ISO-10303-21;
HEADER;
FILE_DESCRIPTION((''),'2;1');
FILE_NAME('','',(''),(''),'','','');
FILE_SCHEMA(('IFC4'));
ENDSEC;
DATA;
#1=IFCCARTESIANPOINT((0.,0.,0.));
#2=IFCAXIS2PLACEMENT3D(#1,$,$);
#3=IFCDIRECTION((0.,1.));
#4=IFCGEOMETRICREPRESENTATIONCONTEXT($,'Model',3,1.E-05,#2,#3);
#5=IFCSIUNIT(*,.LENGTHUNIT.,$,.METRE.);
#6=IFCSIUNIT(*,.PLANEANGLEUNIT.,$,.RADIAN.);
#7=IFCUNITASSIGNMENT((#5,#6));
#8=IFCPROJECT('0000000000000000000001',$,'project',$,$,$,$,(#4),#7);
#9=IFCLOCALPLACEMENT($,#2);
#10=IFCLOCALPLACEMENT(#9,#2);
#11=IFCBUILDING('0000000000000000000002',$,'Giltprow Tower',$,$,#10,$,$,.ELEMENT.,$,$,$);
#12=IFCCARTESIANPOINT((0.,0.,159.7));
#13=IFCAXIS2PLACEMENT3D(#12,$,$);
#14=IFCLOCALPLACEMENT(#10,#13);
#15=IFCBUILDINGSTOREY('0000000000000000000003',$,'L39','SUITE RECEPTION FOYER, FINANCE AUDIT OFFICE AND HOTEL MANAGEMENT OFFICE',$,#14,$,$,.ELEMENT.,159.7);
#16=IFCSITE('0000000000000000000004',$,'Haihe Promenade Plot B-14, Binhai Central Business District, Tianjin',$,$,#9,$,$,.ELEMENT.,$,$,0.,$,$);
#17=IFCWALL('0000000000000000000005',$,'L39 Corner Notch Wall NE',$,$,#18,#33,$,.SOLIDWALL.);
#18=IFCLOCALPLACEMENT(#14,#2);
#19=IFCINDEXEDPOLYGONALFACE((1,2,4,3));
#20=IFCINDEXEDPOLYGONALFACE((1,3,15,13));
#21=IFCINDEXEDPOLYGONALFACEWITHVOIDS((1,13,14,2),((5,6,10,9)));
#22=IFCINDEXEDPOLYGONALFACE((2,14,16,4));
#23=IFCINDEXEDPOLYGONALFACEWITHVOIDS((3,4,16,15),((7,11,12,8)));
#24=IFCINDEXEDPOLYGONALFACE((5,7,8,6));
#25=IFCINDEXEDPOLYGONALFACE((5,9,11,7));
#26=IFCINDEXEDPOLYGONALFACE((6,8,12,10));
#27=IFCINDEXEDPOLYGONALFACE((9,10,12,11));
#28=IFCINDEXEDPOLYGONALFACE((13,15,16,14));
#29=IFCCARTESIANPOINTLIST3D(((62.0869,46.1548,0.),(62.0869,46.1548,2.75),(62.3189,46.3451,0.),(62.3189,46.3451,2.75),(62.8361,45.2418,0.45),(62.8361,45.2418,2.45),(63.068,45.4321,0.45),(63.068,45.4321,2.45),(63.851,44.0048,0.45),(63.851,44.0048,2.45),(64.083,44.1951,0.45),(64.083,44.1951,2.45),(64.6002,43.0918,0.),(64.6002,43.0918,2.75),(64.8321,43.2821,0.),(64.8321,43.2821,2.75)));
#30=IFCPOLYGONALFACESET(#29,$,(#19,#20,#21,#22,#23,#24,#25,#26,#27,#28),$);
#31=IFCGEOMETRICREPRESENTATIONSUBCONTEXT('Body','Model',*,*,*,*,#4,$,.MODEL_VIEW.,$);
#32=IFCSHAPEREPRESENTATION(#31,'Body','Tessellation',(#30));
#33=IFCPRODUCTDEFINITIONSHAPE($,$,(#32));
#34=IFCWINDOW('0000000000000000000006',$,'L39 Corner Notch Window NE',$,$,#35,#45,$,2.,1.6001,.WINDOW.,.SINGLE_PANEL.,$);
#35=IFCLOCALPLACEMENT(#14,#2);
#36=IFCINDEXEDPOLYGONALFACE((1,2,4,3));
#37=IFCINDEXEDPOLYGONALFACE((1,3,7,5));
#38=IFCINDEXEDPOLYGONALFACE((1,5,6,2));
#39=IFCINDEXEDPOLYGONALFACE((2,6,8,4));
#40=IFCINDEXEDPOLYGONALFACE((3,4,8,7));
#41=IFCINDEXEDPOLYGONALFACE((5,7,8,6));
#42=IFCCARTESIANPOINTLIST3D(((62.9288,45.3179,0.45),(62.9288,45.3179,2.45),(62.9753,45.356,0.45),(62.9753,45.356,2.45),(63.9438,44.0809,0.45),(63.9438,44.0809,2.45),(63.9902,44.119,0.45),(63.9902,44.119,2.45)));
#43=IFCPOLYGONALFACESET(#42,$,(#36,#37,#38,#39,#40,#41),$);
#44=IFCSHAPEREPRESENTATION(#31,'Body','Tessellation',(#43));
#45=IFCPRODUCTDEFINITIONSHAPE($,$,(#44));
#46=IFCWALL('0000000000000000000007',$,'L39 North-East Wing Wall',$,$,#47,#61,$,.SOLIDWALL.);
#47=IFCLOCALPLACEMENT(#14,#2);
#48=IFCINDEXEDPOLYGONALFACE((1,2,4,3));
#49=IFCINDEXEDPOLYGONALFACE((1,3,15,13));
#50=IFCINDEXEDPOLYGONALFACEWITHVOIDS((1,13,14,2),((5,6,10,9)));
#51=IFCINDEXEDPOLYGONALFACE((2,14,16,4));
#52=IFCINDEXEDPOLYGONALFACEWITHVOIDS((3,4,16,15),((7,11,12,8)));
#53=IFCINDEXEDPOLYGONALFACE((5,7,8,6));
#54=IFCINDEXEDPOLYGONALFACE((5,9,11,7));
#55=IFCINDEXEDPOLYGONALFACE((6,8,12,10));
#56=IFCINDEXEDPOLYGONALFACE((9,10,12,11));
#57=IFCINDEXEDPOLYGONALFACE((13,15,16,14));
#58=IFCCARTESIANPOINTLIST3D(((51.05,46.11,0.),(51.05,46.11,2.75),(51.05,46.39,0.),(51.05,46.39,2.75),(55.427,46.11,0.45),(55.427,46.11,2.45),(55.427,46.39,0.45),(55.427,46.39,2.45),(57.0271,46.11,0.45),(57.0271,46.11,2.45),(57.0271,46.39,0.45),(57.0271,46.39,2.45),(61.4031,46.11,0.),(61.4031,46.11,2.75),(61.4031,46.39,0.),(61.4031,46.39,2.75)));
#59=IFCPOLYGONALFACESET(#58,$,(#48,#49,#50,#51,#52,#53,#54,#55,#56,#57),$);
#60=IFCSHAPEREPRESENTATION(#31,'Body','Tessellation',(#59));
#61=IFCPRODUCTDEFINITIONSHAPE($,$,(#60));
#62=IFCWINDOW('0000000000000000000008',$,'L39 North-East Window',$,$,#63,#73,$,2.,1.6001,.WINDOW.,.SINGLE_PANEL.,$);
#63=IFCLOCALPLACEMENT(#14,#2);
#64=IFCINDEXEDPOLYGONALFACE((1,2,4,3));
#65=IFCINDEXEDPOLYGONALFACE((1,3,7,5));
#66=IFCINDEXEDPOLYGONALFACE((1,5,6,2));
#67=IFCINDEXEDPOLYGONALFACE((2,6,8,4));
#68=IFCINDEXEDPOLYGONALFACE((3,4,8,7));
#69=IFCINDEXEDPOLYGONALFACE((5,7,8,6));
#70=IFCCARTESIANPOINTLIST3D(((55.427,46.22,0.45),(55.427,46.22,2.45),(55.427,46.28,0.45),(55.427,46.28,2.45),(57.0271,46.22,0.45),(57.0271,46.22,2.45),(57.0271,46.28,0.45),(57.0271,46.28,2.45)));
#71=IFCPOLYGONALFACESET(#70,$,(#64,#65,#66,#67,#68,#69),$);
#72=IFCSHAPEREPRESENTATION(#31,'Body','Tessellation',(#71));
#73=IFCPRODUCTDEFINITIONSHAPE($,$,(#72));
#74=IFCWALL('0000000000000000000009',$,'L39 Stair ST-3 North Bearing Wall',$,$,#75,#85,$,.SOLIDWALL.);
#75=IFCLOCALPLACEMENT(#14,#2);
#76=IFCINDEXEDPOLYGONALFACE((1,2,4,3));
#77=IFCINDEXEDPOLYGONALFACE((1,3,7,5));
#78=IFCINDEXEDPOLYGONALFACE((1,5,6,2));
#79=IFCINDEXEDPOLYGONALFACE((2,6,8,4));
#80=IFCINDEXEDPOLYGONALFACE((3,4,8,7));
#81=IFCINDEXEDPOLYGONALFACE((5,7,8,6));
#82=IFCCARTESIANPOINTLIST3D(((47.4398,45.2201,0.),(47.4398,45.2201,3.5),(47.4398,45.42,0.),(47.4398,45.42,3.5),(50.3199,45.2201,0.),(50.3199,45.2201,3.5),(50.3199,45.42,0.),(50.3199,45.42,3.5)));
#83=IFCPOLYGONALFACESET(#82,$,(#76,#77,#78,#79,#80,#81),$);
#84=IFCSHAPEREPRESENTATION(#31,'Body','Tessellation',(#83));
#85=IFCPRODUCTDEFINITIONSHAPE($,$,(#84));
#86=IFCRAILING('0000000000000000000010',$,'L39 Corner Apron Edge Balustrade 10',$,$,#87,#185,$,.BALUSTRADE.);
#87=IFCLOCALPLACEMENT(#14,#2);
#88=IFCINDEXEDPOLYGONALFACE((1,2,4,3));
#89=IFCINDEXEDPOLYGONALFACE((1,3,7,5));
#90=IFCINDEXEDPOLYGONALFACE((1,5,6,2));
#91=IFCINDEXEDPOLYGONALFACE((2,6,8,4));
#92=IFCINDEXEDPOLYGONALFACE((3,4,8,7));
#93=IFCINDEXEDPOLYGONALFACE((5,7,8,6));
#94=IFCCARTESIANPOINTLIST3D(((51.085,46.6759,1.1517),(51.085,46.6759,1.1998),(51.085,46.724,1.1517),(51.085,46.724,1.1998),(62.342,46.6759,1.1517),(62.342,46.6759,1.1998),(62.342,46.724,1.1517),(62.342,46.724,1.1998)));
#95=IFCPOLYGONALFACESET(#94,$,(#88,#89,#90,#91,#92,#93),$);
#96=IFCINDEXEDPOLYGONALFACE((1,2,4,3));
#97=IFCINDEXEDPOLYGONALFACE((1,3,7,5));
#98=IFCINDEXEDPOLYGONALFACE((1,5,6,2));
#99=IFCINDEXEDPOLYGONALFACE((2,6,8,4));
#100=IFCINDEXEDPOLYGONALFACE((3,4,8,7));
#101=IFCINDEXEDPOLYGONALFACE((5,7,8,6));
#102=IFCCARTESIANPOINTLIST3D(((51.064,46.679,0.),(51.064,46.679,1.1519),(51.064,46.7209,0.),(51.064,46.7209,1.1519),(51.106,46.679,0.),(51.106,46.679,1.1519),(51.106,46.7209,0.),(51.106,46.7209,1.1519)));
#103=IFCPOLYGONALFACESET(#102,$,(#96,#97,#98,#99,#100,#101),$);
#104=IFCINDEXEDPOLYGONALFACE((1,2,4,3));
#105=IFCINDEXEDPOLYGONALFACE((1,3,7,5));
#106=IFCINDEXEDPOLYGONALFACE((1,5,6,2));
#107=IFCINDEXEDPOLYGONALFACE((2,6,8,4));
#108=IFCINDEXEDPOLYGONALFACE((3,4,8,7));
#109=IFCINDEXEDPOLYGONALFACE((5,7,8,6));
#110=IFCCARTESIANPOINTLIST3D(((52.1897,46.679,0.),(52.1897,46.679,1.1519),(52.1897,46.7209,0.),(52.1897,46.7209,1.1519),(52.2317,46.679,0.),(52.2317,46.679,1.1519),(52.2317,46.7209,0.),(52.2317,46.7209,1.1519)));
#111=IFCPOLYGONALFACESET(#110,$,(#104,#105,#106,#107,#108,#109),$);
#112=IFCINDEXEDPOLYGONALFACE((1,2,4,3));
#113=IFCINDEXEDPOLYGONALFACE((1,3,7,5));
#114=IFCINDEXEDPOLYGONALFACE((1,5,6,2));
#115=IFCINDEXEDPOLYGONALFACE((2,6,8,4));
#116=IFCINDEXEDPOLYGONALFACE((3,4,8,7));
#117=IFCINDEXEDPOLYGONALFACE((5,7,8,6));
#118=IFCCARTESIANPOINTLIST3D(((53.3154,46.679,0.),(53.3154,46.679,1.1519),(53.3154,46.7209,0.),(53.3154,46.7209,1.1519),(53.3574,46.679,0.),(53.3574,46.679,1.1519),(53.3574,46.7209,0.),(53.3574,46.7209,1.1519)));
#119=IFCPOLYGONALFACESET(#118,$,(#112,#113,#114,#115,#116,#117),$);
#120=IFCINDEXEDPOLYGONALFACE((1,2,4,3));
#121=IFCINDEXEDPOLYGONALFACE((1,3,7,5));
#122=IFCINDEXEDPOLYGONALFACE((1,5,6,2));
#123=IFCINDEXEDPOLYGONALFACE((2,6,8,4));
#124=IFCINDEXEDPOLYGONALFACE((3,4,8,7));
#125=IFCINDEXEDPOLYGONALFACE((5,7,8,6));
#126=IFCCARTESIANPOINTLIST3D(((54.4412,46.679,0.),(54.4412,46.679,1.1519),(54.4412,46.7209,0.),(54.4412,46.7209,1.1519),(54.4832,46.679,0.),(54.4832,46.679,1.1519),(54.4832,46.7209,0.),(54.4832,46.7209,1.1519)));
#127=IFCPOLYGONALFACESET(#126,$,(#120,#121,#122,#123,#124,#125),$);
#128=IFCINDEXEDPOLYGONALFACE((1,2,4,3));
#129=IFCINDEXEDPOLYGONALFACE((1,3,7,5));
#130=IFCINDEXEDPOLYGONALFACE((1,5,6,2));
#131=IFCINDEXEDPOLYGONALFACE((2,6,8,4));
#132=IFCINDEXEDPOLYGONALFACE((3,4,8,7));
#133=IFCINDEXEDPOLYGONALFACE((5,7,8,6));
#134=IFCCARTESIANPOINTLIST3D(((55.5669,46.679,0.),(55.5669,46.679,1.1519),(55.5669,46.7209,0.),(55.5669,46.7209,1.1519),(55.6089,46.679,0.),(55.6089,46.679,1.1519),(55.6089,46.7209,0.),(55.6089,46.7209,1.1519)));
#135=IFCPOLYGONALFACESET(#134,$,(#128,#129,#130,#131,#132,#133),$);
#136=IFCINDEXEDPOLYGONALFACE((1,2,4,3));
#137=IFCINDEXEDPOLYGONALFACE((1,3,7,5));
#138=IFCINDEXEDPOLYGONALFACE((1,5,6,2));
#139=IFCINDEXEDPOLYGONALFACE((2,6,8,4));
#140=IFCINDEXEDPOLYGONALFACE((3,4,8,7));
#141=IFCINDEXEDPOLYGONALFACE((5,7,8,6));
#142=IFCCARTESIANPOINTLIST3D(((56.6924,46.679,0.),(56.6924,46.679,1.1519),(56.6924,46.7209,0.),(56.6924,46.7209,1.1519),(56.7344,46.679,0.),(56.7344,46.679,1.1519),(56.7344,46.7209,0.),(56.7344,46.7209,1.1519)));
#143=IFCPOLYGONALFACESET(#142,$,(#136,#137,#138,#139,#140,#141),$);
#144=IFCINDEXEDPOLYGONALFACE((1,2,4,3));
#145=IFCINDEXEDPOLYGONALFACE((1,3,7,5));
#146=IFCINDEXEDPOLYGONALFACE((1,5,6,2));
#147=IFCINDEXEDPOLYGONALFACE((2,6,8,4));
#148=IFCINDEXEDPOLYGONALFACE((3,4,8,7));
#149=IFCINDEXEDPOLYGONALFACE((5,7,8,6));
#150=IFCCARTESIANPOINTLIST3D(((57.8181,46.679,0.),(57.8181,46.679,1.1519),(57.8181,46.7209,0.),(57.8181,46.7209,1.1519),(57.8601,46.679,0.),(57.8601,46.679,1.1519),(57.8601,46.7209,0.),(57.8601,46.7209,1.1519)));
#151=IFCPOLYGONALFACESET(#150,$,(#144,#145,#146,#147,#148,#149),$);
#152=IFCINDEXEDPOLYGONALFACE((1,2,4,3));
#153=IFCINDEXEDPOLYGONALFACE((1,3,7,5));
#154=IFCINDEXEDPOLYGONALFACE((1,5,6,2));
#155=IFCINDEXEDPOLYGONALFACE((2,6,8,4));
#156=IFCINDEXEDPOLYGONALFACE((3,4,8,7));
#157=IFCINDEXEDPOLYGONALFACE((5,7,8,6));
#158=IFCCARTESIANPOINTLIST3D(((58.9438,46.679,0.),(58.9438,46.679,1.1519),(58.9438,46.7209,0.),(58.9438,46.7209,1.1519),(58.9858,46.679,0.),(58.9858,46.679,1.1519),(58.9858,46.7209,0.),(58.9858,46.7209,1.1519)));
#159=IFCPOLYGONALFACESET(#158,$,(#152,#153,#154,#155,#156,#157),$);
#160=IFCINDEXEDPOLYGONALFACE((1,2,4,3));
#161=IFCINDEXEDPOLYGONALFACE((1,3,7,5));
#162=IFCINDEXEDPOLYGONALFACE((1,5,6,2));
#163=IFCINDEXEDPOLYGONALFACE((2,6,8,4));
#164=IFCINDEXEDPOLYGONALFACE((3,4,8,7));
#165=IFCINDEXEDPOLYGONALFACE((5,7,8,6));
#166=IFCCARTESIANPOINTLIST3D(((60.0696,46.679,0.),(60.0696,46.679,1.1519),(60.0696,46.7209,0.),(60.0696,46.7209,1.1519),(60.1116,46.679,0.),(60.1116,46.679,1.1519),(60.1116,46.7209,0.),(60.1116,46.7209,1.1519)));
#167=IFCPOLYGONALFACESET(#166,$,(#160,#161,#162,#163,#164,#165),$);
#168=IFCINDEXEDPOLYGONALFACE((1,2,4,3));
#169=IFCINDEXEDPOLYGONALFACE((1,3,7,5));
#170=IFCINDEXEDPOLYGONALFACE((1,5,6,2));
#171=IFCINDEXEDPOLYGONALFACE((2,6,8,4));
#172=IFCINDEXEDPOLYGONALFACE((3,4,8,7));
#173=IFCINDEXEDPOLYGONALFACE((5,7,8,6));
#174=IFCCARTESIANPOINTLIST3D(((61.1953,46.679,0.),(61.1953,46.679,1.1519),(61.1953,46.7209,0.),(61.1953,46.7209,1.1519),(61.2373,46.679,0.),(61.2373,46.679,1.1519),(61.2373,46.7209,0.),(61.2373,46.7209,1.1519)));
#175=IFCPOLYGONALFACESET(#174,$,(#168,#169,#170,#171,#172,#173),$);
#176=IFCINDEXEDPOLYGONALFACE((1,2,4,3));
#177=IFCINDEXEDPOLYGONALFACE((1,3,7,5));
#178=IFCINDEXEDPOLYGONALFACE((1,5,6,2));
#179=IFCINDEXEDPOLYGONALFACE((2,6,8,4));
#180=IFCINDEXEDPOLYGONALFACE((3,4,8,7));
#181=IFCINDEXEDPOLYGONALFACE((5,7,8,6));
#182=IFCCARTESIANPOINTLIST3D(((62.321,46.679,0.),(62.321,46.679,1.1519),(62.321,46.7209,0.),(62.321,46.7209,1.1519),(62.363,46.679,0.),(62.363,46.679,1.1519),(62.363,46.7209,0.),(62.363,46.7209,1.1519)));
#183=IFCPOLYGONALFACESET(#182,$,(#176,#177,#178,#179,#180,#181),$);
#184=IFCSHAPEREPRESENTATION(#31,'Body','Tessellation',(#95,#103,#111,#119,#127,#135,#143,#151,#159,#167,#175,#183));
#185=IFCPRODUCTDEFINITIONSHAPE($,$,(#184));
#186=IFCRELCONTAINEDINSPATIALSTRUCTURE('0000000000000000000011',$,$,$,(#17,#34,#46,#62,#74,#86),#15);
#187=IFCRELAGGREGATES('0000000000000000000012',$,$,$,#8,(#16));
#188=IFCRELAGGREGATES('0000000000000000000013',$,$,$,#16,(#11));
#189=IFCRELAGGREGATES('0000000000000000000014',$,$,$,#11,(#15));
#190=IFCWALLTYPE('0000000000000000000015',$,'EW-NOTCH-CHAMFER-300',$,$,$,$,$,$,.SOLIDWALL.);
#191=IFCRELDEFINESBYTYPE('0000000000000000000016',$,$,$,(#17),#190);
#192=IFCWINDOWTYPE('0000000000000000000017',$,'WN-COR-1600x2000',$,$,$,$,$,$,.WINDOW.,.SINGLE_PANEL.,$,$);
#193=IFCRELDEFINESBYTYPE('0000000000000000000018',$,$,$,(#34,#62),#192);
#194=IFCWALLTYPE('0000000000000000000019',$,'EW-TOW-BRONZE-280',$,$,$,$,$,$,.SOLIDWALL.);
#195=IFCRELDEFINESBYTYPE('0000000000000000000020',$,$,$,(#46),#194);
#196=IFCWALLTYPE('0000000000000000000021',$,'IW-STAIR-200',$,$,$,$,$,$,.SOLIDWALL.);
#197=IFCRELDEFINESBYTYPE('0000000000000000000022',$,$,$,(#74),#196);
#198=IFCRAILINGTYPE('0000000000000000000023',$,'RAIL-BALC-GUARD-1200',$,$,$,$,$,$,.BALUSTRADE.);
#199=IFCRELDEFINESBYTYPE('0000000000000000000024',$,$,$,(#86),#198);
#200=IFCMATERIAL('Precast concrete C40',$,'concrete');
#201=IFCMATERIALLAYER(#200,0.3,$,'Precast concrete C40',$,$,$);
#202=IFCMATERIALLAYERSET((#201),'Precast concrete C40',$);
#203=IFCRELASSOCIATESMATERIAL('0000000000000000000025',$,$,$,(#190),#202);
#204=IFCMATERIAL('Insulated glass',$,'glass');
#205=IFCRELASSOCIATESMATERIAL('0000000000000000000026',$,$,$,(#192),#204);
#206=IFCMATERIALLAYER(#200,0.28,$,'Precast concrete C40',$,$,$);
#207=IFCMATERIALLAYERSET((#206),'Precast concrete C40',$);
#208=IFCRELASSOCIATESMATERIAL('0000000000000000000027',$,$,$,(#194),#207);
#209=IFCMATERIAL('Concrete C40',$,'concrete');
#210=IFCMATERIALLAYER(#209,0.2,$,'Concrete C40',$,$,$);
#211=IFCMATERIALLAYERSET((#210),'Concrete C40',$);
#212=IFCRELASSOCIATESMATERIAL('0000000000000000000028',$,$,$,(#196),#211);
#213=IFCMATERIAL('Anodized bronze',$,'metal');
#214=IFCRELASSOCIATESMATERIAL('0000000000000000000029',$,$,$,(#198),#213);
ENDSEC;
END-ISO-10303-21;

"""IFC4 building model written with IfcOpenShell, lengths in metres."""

from ifc_helpers import new_model, si_unit, direction, frame, frame_2d, origin, origin_2d, place, context, subcontext, project, spatial, rectangle, extrude, source, transform, mapped, material, layer, layer_set, type_object, element, fill, save


model = new_model("IFC4")

# Units and contexts
model_context = context("Model", 3, precision=1e-05, world=origin(), true_north=direction((0.0, 1.0)))
body_context = subcontext(model_context, "Body", "Model", "MODEL_VIEW")
ifc_project = project(units=[si_unit("LENGTHUNIT", "METRE"), si_unit("PLANEANGLEUNIT", "RADIAN")], contexts=[model_context])

# Site, building, storey
site_placement = place(None, origin())
site = spatial("IfcSite", under=ifc_project, at=site_placement, Name="Haihe Promenade Plot B-14, Binhai Central Business District, Tianjin", CompositionType="ELEMENT", RefElevation=0.0)
building_placement = place(site_placement, origin())
building = spatial("IfcBuilding", under=site, at=building_placement, Name="Giltprow Tower", CompositionType="ELEMENT")
storey_placement = place(building_placement, frame((0.0, 0.0, 159.7)))
storey = spatial("IfcBuildingStorey", under=building, at=storey_placement, Name="L39", Description="SUITE RECEPTION FOYER, FINANCE AUDIT OFFICE AND HOTEL MANAGEMENT OFFICE", CompositionType="ELEMENT", Elevation=159.7)

# Walls, openings, windows
ifc_material_1 = material(Name="Precast concrete C40", Category="concrete")
ifc_layer_1 = layer(ifc_material_1, 0.3, Name="Precast concrete C40")
ifc_layer_set_1 = layer_set([ifc_layer_1], Name="Precast concrete C40")
wall_type_1 = type_object("IfcWallType", Name="EW-NOTCH-CHAMFER-300", PredefinedType="SOLIDWALL", material=ifc_layer_set_1)
wall_1_placement = place(storey_placement, frame((64.7161, 43.187, 0.0), z_axis=(0.0, 0.0, 1.0), x_axis=(-0.634311, 0.773078, 0.0)))
wall_1 = element("IfcWall", 1, at=wall_1_placement, inside=storey, type_object=wall_type_1, Name="L39 Corner Notch Wall NE", PredefinedType="SOLIDWALL", context=body_context, shape_type="SweptSolid", body=[
    extrude(rectangle(XDim=3.9622, YDim=0.3, at=frame_2d((1.981, 0.0))), origin(), (0.0, 0.0, 1.0), 2.75),
])
opening_1_placement = place(wall_1_placement, frame((1.1809, 0.0, 0.45)))
opening_1 = element("IfcOpeningElement", 2, at=opening_1_placement, cuts=wall_1, PredefinedType="OPENING", context=body_context, shape_type="SweptSolid", body=[
    extrude(rectangle(XDim=1.6001, YDim=2.0, at=frame_2d((0.8, 1.0))), frame((0.0, 0.1599, 0.0), z_axis=(0.0, -1.0, 0.0), x_axis=(1.0, 0.0, 0.0)), (0.0, 0.0, 1.0), 0.3201),
])
ifc_material_2 = material(Name="Insulated glass", Category="glass")
window_type = type_object("IfcWindowType", Name="WN-COR-1600x2000", PartitioningType="SINGLE_PANEL", PredefinedType="WINDOW", material=ifc_material_2)
shared_shape_1 = source(origin(), body_context, "Body", "SweptSolid", [
    extrude(rectangle(XDim=1.6001, YDim=2.0, at=frame_2d((0.8, 1.0))), frame((0.0, 0.03, 0.0), z_axis=(0.0, -1.0, 0.0), x_axis=(1.0, 0.0, 0.0)), (0.0, 0.0, 1.0), 0.0601),
])
window_1_placement = place(opening_1_placement, origin())
window_1 = element("IfcWindow", 3, at=window_1_placement, inside=storey, type_object=window_type, Name="L39 Corner Notch Window NE", OverallHeight=2.0, OverallWidth=1.6001, PartitioningType="SINGLE_PANEL", PredefinedType="WINDOW", context=body_context, shape_type="MappedRepresentation", body=[
    mapped(shared_shape_1, transform((0.0, 0.0, 0.0), x_axis=(1.0, 0.0, 0.0), y_axis=(0.0, 1.0, 0.0), z_axis=(0.0, 0.0, 1.0), scale=1.0)),
])
fill(opening_1, window_1)
ifc_layer_2 = layer(ifc_material_1, 0.28, Name="Precast concrete C40")
ifc_layer_set_2 = layer_set([ifc_layer_2], Name="Precast concrete C40")
wall_type_2 = type_object("IfcWallType", Name="EW-TOW-BRONZE-280", PredefinedType="SOLIDWALL", material=ifc_layer_set_2)
wall_2_placement = place(storey_placement, frame((51.05, 46.25, 0.0), z_axis=(0.0, 0.0, 1.0), x_axis=(1.0, 0.0, 0.0)))
wall_2 = element("IfcWall", 4, at=wall_2_placement, inside=storey, type_object=wall_type_2, Name="L39 North-East Wing Wall", PredefinedType="SOLIDWALL", context=body_context, shape_type="SweptSolid", body=[
    extrude(rectangle(XDim=10.353, YDim=0.28, at=frame_2d((5.1765, 0.0))), origin(), (0.0, 0.0, 1.0), 2.75),
])
opening_2_placement = place(wall_2_placement, frame((4.377, 0.0, 0.45)))
opening_2 = element("IfcOpeningElement", 5, at=opening_2_placement, cuts=wall_2, PredefinedType="OPENING", context=body_context, shape_type="SweptSolid", body=[
    extrude(rectangle(XDim=1.6001, YDim=2.0, at=frame_2d((0.8, 1.0))), frame((0.0, 0.1499, 0.0), z_axis=(0.0, -1.0, 0.0), x_axis=(1.0, 0.0, 0.0)), (0.0, 0.0, 1.0), 0.3),
])
window_2_placement = place(opening_2_placement, origin())
window_2 = element("IfcWindow", 6, at=window_2_placement, inside=storey, type_object=window_type, Name="L39 North-East Window", OverallHeight=2.0, OverallWidth=1.6001, PartitioningType="SINGLE_PANEL", PredefinedType="WINDOW", context=body_context, shape_type="MappedRepresentation", body=[
    mapped(shared_shape_1, transform((0.0, 0.0, 0.0), x_axis=(1.0, 0.0, 0.0), y_axis=(0.0, 1.0, 0.0), z_axis=(0.0, 0.0, 1.0), scale=1.0)),
])
fill(opening_2, window_2)

# Wall
ifc_material_3 = material(Name="Concrete C40", Category="concrete")
ifc_layer_3 = layer(ifc_material_3, 0.2, Name="Concrete C40")
ifc_layer_set_3 = layer_set([ifc_layer_3], Name="Concrete C40")
wall_type_3 = type_object("IfcWallType", Name="IW-STAIR-200", PredefinedType="SOLIDWALL", material=ifc_layer_set_3)
wall_3_placement = place(storey_placement, frame((47.4399, 45.3201, 0.0), z_axis=(0.0, 0.0, 1.0), x_axis=(1.0, 0.0, 0.0)))
element("IfcWall", 7, at=wall_3_placement, inside=storey, type_object=wall_type_3, Name="L39 Stair ST-3 North Bearing Wall", PredefinedType="SOLIDWALL", context=body_context, shape_type="SweptSolid", body=[
    extrude(rectangle(XDim=2.8801, YDim=0.2, at=frame_2d((1.4399, 0.0))), origin(), (0.0, 0.0, 1.0), 3.5),
])

# Railing
ifc_material_4 = material(Name="Anodized bronze", Category="metal")
railing_type_1 = type_object("IfcRailingType", Name="RAIL-BALC-GUARD-1200", PredefinedType="BALUSTRADE", material=ifc_material_4)
railing_1_placement = place(storey_placement, frame((51.085, 46.7, 0.0)))
element("IfcRailing", 8, at=railing_1_placement, inside=storey, type_object=railing_type_1, Name="L39 Corner Apron Edge Balustrade 10", PredefinedType="BALUSTRADE", context=body_context, shape_type="SweptSolid", body=[
    extrude(rectangle(XDim=0.0481, YDim=0.0481, at=origin_2d()), frame((0.0, 0.0, 1.1758), z_axis=(1.0, 0.0, 0.0), x_axis=(0.0, 1.0, 0.0)), (0.0, 0.0, 1.0), 11.2571),
    extrude(rectangle(XDim=0.042, YDim=0.042, at=origin_2d()), origin(), (0.0, 0.0, 1.0), 1.1519),
    extrude(rectangle(XDim=0.042, YDim=0.042, at=origin_2d()), frame((1.1257, 0.0, 0.0)), (0.0, 0.0, 1.0), 1.1519),
    extrude(rectangle(XDim=0.042, YDim=0.042, at=origin_2d()), frame((2.2515, 0.0, 0.0)), (0.0, 0.0, 1.0), 1.1519),
    extrude(rectangle(XDim=0.042, YDim=0.042, at=origin_2d()), frame((3.3772, 0.0, 0.0)), (0.0, 0.0, 1.0), 1.1519),
    extrude(rectangle(XDim=0.042, YDim=0.042, at=origin_2d()), frame((4.5029, 0.0, 0.0)), (0.0, 0.0, 1.0), 1.1519),
    extrude(rectangle(XDim=0.042, YDim=0.042, at=origin_2d()), frame((5.6284, 0.0, 0.0)), (0.0, 0.0, 1.0), 1.1519),
    extrude(rectangle(XDim=0.042, YDim=0.042, at=origin_2d()), frame((6.7542, 0.0, 0.0)), (0.0, 0.0, 1.0), 1.1519),
    extrude(rectangle(XDim=0.042, YDim=0.042, at=origin_2d()), frame((7.8799, 0.0, 0.0)), (0.0, 0.0, 1.0), 1.1519),
    extrude(rectangle(XDim=0.042, YDim=0.042, at=origin_2d()), frame((9.0056, 0.0, 0.0)), (0.0, 0.0, 1.0), 1.1519),
    extrude(rectangle(XDim=0.042, YDim=0.042, at=origin_2d()), frame((10.1313, 0.0, 0.0)), (0.0, 0.0, 1.0), 1.1519),
    extrude(rectangle(XDim=0.042, YDim=0.042, at=origin_2d()), frame((11.2571, 0.0, 0.0)), (0.0, 0.0, 1.0), 1.1519),
])

save(model, "model.ifc")
